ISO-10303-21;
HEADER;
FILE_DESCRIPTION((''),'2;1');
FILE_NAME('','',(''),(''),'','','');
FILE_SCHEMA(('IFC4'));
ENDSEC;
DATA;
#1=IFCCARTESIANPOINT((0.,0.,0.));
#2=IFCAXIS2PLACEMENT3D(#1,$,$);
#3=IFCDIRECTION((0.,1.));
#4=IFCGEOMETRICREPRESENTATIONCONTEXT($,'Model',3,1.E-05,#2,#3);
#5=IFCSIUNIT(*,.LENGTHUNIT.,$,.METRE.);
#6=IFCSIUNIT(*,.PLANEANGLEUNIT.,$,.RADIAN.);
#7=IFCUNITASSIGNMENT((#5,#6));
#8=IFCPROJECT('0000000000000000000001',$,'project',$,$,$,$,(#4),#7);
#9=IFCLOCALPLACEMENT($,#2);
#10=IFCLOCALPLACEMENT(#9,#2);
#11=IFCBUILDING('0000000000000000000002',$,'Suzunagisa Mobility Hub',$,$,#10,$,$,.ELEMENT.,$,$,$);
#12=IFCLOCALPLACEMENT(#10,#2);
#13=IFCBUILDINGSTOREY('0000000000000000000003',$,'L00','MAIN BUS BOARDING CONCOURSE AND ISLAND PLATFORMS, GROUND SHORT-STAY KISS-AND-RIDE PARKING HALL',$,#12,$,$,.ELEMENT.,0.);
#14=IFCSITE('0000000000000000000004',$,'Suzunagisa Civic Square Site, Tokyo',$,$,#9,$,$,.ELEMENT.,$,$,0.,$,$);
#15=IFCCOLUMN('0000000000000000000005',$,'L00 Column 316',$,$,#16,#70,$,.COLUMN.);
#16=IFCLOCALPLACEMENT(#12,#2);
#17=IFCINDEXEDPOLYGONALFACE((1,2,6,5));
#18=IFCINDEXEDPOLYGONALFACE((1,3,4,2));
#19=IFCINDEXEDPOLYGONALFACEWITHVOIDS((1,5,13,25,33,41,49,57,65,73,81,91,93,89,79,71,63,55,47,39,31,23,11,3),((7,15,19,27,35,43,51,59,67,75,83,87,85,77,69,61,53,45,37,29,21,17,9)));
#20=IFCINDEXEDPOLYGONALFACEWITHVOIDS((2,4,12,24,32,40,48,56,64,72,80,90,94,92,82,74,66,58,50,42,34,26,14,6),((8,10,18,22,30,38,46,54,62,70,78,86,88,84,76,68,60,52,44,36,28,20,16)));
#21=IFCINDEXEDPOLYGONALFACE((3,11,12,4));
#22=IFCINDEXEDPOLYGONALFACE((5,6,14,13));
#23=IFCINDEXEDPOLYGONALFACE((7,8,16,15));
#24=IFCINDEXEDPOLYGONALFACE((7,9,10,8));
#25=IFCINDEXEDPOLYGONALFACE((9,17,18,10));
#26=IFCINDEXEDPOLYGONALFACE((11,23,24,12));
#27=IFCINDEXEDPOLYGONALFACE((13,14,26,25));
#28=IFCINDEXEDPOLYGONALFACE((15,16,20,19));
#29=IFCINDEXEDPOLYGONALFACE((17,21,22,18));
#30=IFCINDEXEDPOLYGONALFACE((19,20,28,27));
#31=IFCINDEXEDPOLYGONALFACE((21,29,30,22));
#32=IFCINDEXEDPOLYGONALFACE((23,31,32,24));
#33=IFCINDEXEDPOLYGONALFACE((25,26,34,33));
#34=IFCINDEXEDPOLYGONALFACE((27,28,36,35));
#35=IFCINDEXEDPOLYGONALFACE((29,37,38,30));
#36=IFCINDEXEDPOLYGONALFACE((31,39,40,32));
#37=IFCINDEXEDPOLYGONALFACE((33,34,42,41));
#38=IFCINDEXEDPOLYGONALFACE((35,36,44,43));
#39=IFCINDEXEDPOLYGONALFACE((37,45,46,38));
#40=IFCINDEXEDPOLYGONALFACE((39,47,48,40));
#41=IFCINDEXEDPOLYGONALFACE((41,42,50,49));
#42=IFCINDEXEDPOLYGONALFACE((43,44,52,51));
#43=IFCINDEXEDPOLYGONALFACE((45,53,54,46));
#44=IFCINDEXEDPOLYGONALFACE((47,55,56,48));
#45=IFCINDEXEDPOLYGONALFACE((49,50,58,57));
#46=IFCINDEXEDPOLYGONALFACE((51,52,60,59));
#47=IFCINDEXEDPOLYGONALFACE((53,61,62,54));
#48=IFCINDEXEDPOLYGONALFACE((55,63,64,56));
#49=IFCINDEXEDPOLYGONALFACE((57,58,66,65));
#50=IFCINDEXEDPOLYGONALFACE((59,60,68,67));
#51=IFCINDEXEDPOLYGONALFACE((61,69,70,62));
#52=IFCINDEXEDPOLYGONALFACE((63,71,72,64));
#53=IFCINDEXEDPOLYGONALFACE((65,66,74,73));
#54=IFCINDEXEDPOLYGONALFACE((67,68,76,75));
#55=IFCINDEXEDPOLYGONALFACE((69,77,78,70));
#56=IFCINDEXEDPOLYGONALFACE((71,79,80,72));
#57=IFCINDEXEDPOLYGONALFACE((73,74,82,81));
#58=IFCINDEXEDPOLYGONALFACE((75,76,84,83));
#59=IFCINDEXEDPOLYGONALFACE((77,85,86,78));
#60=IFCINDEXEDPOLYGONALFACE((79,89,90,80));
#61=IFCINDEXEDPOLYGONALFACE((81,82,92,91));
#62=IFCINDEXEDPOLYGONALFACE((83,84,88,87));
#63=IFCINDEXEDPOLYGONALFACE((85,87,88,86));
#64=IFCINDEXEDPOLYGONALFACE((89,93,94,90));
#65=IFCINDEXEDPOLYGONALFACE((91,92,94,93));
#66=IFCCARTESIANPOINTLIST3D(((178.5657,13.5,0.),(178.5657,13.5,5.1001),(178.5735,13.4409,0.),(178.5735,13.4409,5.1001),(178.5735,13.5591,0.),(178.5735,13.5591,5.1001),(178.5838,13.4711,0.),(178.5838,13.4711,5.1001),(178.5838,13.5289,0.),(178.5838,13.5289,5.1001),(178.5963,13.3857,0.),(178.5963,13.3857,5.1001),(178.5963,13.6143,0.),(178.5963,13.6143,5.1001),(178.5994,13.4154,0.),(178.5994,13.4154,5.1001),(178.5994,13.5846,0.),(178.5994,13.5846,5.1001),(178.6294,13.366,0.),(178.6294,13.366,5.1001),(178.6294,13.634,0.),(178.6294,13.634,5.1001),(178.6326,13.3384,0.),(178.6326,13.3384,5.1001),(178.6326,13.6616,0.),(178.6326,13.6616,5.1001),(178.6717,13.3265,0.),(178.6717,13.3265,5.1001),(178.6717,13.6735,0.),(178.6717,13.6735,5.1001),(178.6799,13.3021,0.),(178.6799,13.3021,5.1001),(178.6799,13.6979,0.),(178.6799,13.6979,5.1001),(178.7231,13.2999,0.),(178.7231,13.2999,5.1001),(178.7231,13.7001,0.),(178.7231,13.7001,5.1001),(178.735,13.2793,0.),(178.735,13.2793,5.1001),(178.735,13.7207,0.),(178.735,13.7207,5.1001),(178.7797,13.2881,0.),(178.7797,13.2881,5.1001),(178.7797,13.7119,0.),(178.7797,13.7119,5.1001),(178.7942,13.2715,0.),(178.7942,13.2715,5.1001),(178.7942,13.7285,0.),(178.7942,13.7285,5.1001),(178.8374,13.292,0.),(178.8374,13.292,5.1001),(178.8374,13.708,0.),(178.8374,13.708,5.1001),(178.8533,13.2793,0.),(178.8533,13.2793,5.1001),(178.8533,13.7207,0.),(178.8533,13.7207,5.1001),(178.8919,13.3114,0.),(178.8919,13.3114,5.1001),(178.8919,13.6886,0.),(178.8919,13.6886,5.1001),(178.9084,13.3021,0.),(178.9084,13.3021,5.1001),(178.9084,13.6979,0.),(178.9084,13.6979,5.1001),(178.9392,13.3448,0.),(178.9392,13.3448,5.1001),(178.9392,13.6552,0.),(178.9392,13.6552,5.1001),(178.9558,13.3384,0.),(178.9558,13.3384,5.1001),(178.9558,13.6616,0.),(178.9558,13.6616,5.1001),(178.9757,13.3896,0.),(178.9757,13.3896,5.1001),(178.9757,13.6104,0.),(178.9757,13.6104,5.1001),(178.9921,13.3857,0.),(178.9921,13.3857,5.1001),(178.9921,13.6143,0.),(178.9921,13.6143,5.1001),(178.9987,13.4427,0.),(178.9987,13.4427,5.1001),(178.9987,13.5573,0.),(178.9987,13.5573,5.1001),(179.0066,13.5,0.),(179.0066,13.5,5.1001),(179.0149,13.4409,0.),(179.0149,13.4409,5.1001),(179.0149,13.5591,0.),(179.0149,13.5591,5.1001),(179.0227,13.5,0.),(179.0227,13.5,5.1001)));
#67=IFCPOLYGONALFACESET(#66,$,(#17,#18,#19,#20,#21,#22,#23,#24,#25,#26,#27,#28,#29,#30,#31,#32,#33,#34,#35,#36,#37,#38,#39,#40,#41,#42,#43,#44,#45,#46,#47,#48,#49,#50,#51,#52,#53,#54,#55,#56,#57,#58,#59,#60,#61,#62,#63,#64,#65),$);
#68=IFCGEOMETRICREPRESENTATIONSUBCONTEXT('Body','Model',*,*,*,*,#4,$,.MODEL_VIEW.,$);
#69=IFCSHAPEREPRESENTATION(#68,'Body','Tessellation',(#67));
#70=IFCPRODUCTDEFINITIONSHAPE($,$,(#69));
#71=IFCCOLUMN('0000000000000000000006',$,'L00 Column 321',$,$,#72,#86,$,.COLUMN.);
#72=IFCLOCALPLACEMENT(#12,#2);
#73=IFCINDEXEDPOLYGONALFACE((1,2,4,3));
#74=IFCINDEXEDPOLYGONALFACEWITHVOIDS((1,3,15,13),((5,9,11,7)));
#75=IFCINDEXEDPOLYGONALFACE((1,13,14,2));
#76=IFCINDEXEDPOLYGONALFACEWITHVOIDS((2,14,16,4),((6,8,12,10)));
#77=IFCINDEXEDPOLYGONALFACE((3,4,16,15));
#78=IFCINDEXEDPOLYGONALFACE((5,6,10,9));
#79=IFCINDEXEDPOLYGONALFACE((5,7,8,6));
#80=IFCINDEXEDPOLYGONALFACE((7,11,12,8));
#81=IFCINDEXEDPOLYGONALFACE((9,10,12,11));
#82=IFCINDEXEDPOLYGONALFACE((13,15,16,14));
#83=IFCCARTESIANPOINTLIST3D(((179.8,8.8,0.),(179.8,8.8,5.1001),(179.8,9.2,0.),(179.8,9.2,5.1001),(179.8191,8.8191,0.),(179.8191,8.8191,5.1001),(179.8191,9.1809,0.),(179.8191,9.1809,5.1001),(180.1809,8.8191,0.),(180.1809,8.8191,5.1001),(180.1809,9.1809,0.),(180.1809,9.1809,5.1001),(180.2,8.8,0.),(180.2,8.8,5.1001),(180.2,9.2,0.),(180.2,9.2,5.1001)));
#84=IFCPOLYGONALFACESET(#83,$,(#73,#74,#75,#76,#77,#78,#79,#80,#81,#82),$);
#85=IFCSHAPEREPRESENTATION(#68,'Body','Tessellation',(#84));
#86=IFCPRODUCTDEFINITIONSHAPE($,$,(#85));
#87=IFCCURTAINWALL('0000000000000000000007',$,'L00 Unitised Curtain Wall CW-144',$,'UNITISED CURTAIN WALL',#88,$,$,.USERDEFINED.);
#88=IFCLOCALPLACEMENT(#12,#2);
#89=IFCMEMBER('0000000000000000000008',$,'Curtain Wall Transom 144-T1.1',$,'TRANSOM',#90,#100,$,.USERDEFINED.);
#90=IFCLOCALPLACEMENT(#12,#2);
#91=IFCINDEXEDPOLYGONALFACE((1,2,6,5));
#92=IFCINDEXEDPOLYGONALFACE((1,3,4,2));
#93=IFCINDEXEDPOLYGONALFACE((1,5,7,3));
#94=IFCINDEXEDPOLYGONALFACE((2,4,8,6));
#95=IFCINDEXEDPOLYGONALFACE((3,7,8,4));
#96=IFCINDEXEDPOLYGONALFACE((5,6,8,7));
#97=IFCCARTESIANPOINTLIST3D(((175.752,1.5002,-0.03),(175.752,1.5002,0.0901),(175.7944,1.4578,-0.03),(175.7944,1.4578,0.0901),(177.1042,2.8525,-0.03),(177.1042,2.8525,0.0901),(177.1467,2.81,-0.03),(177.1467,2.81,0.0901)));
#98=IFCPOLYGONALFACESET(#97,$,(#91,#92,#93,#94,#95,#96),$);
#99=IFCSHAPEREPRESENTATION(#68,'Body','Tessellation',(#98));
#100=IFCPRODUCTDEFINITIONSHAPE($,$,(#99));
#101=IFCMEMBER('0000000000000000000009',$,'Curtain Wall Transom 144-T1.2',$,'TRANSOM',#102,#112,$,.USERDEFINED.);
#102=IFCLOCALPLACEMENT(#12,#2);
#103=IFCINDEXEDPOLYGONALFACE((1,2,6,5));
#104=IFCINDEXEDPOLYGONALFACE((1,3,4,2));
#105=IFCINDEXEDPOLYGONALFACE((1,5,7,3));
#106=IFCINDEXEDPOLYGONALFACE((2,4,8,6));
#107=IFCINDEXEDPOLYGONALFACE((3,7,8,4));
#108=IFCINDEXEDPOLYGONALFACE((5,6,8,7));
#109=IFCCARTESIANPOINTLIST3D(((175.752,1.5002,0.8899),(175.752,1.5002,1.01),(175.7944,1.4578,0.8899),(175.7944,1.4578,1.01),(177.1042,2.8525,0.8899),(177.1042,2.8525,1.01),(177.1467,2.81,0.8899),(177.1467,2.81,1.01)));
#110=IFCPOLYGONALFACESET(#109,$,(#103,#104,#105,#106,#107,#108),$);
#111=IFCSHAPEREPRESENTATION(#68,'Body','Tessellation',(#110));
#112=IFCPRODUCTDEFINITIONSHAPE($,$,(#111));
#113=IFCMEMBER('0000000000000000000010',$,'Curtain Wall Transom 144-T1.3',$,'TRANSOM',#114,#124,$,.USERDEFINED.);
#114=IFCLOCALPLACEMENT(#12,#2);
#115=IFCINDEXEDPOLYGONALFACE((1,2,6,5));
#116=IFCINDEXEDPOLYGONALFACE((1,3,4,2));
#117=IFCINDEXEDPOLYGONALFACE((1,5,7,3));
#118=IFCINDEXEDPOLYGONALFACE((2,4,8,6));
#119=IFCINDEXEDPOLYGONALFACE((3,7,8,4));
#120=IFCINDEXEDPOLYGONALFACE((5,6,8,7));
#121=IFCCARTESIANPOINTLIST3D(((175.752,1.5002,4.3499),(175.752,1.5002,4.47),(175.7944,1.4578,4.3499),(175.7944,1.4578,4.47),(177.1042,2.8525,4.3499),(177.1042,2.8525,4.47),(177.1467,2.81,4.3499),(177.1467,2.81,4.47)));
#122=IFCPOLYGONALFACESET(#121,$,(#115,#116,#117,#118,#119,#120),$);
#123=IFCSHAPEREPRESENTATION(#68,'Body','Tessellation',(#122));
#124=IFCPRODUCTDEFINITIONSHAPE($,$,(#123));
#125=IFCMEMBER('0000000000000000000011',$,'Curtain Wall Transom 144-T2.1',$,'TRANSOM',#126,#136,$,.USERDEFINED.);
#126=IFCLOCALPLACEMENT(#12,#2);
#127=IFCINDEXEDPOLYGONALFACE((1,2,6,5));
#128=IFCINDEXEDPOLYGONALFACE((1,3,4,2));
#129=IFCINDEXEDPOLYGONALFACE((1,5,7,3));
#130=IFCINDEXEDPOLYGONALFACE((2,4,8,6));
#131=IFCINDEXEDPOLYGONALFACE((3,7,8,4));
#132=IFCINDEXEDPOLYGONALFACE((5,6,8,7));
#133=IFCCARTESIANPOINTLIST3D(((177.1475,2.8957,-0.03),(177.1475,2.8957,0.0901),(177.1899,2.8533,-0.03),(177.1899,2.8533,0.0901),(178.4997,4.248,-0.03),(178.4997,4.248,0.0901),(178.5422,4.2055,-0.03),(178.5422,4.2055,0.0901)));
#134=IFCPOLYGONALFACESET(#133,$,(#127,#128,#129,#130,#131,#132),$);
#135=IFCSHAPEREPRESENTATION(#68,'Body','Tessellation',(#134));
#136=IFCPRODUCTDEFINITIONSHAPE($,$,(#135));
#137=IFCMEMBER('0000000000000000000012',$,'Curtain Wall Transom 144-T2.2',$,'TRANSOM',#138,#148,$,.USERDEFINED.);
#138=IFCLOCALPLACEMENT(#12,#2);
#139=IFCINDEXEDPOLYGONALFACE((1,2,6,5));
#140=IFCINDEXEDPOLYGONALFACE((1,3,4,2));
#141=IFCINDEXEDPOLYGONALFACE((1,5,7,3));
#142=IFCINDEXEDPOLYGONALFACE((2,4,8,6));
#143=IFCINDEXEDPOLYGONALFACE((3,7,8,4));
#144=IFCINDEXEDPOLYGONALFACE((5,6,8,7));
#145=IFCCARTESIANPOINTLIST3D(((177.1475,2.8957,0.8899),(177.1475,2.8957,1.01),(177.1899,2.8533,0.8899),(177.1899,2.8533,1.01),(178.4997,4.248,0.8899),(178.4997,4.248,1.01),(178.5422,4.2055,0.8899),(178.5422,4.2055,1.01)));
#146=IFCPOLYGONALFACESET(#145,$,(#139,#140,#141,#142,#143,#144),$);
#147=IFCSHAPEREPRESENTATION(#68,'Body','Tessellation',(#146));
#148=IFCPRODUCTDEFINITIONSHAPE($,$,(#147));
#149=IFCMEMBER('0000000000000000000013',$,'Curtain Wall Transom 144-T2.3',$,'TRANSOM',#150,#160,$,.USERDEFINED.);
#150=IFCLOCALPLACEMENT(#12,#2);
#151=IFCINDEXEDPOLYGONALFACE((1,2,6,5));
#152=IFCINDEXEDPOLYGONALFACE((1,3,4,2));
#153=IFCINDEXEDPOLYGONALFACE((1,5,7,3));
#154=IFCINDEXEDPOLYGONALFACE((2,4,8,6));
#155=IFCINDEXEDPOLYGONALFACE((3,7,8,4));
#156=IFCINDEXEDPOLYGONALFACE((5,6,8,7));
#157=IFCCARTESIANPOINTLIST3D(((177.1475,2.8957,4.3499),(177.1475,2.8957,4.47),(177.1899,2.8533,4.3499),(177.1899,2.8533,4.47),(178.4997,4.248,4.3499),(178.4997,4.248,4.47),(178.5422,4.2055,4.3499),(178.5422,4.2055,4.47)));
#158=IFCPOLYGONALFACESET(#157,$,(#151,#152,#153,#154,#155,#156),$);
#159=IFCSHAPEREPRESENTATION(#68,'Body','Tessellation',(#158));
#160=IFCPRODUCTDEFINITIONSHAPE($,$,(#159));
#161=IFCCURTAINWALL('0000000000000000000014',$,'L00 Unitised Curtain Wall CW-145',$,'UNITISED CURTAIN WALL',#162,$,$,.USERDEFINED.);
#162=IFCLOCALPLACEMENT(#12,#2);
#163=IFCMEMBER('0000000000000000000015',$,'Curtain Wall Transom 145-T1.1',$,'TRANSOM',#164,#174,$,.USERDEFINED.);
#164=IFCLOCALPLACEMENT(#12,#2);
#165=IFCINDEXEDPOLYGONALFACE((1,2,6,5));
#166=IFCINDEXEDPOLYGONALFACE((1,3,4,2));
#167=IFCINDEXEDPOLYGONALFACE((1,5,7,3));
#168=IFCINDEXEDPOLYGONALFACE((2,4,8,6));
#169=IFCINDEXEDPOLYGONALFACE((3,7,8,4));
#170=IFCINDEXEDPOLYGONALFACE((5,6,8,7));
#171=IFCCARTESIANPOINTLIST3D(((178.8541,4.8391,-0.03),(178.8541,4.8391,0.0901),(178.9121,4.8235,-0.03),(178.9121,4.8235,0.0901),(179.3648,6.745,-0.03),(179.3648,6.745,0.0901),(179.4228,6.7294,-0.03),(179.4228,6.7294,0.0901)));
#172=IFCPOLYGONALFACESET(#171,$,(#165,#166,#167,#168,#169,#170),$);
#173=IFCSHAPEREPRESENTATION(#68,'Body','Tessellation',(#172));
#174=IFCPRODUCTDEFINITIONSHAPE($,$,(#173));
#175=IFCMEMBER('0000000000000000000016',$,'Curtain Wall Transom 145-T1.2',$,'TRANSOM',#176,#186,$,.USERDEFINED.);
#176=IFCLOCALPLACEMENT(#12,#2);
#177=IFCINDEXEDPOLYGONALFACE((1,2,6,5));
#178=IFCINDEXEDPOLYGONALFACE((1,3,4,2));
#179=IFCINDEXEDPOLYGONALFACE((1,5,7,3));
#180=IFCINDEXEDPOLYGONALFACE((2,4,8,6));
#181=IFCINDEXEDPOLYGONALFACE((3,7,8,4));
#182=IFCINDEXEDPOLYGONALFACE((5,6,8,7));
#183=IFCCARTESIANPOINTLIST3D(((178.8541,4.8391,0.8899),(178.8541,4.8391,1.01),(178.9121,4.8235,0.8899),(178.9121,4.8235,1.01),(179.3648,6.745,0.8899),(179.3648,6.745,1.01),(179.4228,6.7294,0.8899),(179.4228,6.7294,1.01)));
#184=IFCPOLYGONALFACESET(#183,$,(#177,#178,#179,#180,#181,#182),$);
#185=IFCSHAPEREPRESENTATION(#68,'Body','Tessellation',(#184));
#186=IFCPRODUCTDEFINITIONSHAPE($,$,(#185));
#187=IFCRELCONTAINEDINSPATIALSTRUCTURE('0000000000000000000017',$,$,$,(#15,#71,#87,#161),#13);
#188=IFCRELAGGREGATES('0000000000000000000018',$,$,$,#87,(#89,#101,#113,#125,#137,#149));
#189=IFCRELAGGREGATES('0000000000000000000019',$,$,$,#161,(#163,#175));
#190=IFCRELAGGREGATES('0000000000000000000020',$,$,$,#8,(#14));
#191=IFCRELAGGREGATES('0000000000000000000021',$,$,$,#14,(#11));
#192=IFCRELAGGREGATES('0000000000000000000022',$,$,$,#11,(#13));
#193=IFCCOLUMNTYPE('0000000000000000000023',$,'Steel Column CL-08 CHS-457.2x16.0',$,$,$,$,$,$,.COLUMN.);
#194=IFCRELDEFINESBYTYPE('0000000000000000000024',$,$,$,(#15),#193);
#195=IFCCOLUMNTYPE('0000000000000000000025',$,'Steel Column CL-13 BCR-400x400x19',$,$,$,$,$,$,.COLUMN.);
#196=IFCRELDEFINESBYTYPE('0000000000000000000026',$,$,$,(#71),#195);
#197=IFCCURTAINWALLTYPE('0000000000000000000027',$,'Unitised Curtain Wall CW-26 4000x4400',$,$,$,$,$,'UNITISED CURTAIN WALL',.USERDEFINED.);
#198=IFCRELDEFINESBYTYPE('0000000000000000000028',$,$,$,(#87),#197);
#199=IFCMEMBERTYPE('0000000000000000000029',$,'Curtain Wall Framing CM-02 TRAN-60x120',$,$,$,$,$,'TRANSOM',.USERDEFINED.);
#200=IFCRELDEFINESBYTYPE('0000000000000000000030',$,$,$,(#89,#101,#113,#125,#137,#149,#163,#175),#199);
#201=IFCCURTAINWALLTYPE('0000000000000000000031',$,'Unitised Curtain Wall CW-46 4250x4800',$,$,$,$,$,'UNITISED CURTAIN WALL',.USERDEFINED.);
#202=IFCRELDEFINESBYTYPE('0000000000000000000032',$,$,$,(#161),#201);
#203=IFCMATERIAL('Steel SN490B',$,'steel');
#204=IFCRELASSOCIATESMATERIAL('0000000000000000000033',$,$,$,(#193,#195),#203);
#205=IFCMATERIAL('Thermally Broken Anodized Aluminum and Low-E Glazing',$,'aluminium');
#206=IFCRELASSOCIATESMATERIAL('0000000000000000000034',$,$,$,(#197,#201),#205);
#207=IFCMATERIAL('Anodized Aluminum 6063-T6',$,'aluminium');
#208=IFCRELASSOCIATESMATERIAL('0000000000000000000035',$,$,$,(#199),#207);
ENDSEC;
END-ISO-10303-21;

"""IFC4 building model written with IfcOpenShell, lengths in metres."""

from ifc_helpers import new_model, si_unit, direction, frame, origin, origin_2d, place, context, subcontext, project, spatial, rectangle, hollow_rectangle, hollow_circle, extrude, material, material_profile, profile_set, type_object, element, aggregate, save


model = new_model("IFC4")

# Units and contexts
model_context = context("Model", 3, precision=1e-05, world=origin(), true_north=direction((0.0, 1.0)))
body_context = subcontext(model_context, "Body", "Model", "MODEL_VIEW")
ifc_project = project(units=[si_unit("LENGTHUNIT", "METRE"), si_unit("PLANEANGLEUNIT", "RADIAN")], contexts=[model_context])

# Site, building, storey
site_placement = place(None, origin())
site = spatial("IfcSite", under=ifc_project, at=site_placement, Name="Suzunagisa Civic Square Site, Tokyo", CompositionType="ELEMENT", RefElevation=0.0)
building_placement = place(site_placement, origin())
building = spatial("IfcBuilding", under=site, at=building_placement, Name="Suzunagisa Mobility Hub", CompositionType="ELEMENT")
storey_placement = place(building_placement, origin())
storey = spatial("IfcBuildingStorey", under=building, at=storey_placement, Name="L00", Description="MAIN BUS BOARDING CONCOURSE AND ISLAND PLATFORMS, GROUND SHORT-STAY KISS-AND-RIDE PARKING HALL", CompositionType="ELEMENT", Elevation=0.0)

# Columns
ifc_material_1 = material(Name="Steel SN490B", Category="steel")
ifc_material_profile_1 = material_profile(ifc_material_1, hollow_circle(Radius=0.2285, WallThickness=0.0161, at=origin_2d()), Name="CHS-457.2x16.0")
ifc_profile_set_1 = profile_set([ifc_material_profile_1], Name="Steel SN490B")
column_type_1 = type_object("IfcColumnType", Name="Steel Column CL-08 CHS-457.2x16.0", PredefinedType="COLUMN", material=ifc_profile_set_1)
for number, where, z_axis, x_axis, name in (
    (1, (178.7942, 13.5, 0.0), (0.0, 0.0, 1.0), (1.0, 0.0, 0.0), "L00 Column 316"),
):
    element("IfcColumn", number, at=place(storey_placement, frame(where, z_axis=z_axis, x_axis=x_axis)), inside=storey, type_object=column_type_1, Name=name, PredefinedType="COLUMN", context=body_context, shape_type="SweptSolid", body=[
        extrude(hollow_circle(Radius=0.2285, WallThickness=0.0161, at=origin_2d()), origin(), (0.0, 0.0, 1.0), 5.1001),
    ])
ifc_material_profile_2 = material_profile(ifc_material_1, hollow_rectangle(XDim=0.3999, YDim=0.3999, WallThickness=0.019, at=origin_2d()), Name="BCR-400x400x19")
ifc_profile_set_2 = profile_set([ifc_material_profile_2], Name="Steel SN490B")
column_type_2 = type_object("IfcColumnType", Name="Steel Column CL-13 BCR-400x400x19", PredefinedType="COLUMN", material=ifc_profile_set_2)
column_placement = place(storey_placement, frame((180.0, 9.0, 0.0), z_axis=(0.0, 0.0, 1.0), x_axis=(1.0, 0.0, 0.0)))
element("IfcColumn", 2, at=column_placement, inside=storey, type_object=column_type_2, Name="L00 Column 321", PredefinedType="COLUMN", context=body_context, shape_type="SweptSolid", body=[
    extrude(hollow_rectangle(XDim=0.3999, YDim=0.3999, WallThickness=0.019, at=origin_2d()), origin(), (0.0, 0.0, 1.0), 5.1001),
])

# Curtain walls, members
ifc_material_2 = material(Name="Thermally Broken Anodized Aluminum and Low-E Glazing", Category="aluminium")
curtain_wall_type_1 = type_object("IfcCurtainWallType", Name="Unitised Curtain Wall CW-26 4000x4400", ElementType="UNITISED CURTAIN WALL", PredefinedType="USERDEFINED", material=ifc_material_2)
curtain_wall_1_placement = place(storey_placement, origin())
curtain_wall_1 = element("IfcCurtainWall", 3, at=curtain_wall_1_placement, inside=storey, type_object=curtain_wall_type_1, Name="L00 Unitised Curtain Wall CW-144", ObjectType="UNITISED CURTAIN WALL", PredefinedType="USERDEFINED")
ifc_material_3 = material(Name="Anodized Aluminum 6063-T6", Category="aluminium")
ifc_material_profile_3 = material_profile(ifc_material_3, rectangle(XDim=0.0601, YDim=0.1201, at=origin_2d()), Name="TRAN-60x120")
ifc_profile_set_3 = profile_set([ifc_material_profile_3], Name="Anodized Aluminum 6063-T6")
member_type_1 = type_object("IfcMemberType", Name="Curtain Wall Framing CM-02 TRAN-60x120", ElementType="TRANSOM", PredefinedType="USERDEFINED", material=ifc_profile_set_3)
member_1_placement = place(storey_placement, frame((175.7732, 1.479, 0.03), z_axis=(0.707107, 0.707107, 0.0), x_axis=(-0.707107, 0.707107, 0.0)))
member_1 = element("IfcMember", 4, at=member_1_placement, type_object=member_type_1, Name="Curtain Wall Transom 144-T1.1", ObjectType="TRANSOM", PredefinedType="USERDEFINED", context=body_context, shape_type="SweptSolid", body=[
    extrude(rectangle(XDim=0.0601, YDim=0.1201, at=origin_2d()), origin(), (0.0, 0.0, 1.0), 1.9124),
])
member_2_placement = place(storey_placement, frame((175.7732, 1.479, 0.95), z_axis=(0.707107, 0.707107, 0.0), x_axis=(-0.707107, 0.707107, 0.0)))
member_2 = element("IfcMember", 5, at=member_2_placement, type_object=member_type_1, Name="Curtain Wall Transom 144-T1.2", ObjectType="TRANSOM", PredefinedType="USERDEFINED", context=body_context, shape_type="SweptSolid", body=[
    extrude(rectangle(XDim=0.0601, YDim=0.1201, at=origin_2d()), origin(), (0.0, 0.0, 1.0), 1.9124),
])
member_3_placement = place(storey_placement, frame((175.7732, 1.479, 4.4099), z_axis=(0.707107, 0.707107, 0.0), x_axis=(-0.707107, 0.707107, 0.0)))
member_3 = element("IfcMember", 6, at=member_3_placement, type_object=member_type_1, Name="Curtain Wall Transom 144-T1.3", ObjectType="TRANSOM", PredefinedType="USERDEFINED", context=body_context, shape_type="SweptSolid", body=[
    extrude(rectangle(XDim=0.0601, YDim=0.1201, at=origin_2d()), origin(), (0.0, 0.0, 1.0), 1.9124),
])
member_4_placement = place(storey_placement, frame((177.1687, 2.8745, 0.03), z_axis=(0.707107, 0.707107, 0.0), x_axis=(-0.707107, 0.707107, 0.0)))
member_4 = element("IfcMember", 7, at=member_4_placement, type_object=member_type_1, Name="Curtain Wall Transom 144-T2.1", ObjectType="TRANSOM", PredefinedType="USERDEFINED", context=body_context, shape_type="SweptSolid", body=[
    extrude(rectangle(XDim=0.0601, YDim=0.1201, at=origin_2d()), origin(), (0.0, 0.0, 1.0), 1.9124),
])
member_5_placement = place(storey_placement, frame((177.1687, 2.8745, 0.95), z_axis=(0.707107, 0.707107, 0.0), x_axis=(-0.707107, 0.707107, 0.0)))
member_5 = element("IfcMember", 8, at=member_5_placement, type_object=member_type_1, Name="Curtain Wall Transom 144-T2.2", ObjectType="TRANSOM", PredefinedType="USERDEFINED", context=body_context, shape_type="SweptSolid", body=[
    extrude(rectangle(XDim=0.0601, YDim=0.1201, at=origin_2d()), origin(), (0.0, 0.0, 1.0), 1.9124),
])
member_6_placement = place(storey_placement, frame((177.1687, 2.8745, 4.4099), z_axis=(0.707107, 0.707107, 0.0), x_axis=(-0.707107, 0.707107, 0.0)))
member_6 = element("IfcMember", 9, at=member_6_placement, type_object=member_type_1, Name="Curtain Wall Transom 144-T2.3", ObjectType="TRANSOM", PredefinedType="USERDEFINED", context=body_context, shape_type="SweptSolid", body=[
    extrude(rectangle(XDim=0.0601, YDim=0.1201, at=origin_2d()), origin(), (0.0, 0.0, 1.0), 1.9124),
])
curtain_wall_type_2 = type_object("IfcCurtainWallType", Name="Unitised Curtain Wall CW-46 4250x4800", ElementType="UNITISED CURTAIN WALL", PredefinedType="USERDEFINED", material=ifc_material_2)
curtain_wall_2_placement = place(storey_placement, origin())
curtain_wall_2 = element("IfcCurtainWall", 10, at=curtain_wall_2_placement, inside=storey, type_object=curtain_wall_type_2, Name="L00 Unitised Curtain Wall CW-145", ObjectType="UNITISED CURTAIN WALL", PredefinedType="USERDEFINED")
member_7_placement = place(storey_placement, frame((178.8831, 4.8313, 0.03), z_axis=(0.258833, 0.965922, 0.0), x_axis=(-0.965922, 0.258833, 0.0)))
member_7 = element("IfcMember", 11, at=member_7_placement, type_object=member_type_1, Name="Curtain Wall Transom 145-T1.1", ObjectType="TRANSOM", PredefinedType="USERDEFINED", context=body_context, shape_type="SweptSolid", body=[
    extrude(rectangle(XDim=0.0601, YDim=0.1201, at=origin_2d()), origin(), (0.0, 0.0, 1.0), 1.9731),
])
member_8_placement = place(storey_placement, frame((178.8831, 4.8313, 0.95), z_axis=(0.258833, 0.965922, 0.0), x_axis=(-0.965922, 0.258833, 0.0)))
member_8 = element("IfcMember", 12, at=member_8_placement, type_object=member_type_1, Name="Curtain Wall Transom 145-T1.2", ObjectType="TRANSOM", PredefinedType="USERDEFINED", context=body_context, shape_type="SweptSolid", body=[
    extrude(rectangle(XDim=0.0601, YDim=0.1201, at=origin_2d()), origin(), (0.0, 0.0, 1.0), 1.9731),
])

aggregate(curtain_wall_1, [member_1, member_2, member_3, member_4, member_5, member_6])
aggregate(curtain_wall_2, [member_7, member_8])

save(model, "model.ifc")
